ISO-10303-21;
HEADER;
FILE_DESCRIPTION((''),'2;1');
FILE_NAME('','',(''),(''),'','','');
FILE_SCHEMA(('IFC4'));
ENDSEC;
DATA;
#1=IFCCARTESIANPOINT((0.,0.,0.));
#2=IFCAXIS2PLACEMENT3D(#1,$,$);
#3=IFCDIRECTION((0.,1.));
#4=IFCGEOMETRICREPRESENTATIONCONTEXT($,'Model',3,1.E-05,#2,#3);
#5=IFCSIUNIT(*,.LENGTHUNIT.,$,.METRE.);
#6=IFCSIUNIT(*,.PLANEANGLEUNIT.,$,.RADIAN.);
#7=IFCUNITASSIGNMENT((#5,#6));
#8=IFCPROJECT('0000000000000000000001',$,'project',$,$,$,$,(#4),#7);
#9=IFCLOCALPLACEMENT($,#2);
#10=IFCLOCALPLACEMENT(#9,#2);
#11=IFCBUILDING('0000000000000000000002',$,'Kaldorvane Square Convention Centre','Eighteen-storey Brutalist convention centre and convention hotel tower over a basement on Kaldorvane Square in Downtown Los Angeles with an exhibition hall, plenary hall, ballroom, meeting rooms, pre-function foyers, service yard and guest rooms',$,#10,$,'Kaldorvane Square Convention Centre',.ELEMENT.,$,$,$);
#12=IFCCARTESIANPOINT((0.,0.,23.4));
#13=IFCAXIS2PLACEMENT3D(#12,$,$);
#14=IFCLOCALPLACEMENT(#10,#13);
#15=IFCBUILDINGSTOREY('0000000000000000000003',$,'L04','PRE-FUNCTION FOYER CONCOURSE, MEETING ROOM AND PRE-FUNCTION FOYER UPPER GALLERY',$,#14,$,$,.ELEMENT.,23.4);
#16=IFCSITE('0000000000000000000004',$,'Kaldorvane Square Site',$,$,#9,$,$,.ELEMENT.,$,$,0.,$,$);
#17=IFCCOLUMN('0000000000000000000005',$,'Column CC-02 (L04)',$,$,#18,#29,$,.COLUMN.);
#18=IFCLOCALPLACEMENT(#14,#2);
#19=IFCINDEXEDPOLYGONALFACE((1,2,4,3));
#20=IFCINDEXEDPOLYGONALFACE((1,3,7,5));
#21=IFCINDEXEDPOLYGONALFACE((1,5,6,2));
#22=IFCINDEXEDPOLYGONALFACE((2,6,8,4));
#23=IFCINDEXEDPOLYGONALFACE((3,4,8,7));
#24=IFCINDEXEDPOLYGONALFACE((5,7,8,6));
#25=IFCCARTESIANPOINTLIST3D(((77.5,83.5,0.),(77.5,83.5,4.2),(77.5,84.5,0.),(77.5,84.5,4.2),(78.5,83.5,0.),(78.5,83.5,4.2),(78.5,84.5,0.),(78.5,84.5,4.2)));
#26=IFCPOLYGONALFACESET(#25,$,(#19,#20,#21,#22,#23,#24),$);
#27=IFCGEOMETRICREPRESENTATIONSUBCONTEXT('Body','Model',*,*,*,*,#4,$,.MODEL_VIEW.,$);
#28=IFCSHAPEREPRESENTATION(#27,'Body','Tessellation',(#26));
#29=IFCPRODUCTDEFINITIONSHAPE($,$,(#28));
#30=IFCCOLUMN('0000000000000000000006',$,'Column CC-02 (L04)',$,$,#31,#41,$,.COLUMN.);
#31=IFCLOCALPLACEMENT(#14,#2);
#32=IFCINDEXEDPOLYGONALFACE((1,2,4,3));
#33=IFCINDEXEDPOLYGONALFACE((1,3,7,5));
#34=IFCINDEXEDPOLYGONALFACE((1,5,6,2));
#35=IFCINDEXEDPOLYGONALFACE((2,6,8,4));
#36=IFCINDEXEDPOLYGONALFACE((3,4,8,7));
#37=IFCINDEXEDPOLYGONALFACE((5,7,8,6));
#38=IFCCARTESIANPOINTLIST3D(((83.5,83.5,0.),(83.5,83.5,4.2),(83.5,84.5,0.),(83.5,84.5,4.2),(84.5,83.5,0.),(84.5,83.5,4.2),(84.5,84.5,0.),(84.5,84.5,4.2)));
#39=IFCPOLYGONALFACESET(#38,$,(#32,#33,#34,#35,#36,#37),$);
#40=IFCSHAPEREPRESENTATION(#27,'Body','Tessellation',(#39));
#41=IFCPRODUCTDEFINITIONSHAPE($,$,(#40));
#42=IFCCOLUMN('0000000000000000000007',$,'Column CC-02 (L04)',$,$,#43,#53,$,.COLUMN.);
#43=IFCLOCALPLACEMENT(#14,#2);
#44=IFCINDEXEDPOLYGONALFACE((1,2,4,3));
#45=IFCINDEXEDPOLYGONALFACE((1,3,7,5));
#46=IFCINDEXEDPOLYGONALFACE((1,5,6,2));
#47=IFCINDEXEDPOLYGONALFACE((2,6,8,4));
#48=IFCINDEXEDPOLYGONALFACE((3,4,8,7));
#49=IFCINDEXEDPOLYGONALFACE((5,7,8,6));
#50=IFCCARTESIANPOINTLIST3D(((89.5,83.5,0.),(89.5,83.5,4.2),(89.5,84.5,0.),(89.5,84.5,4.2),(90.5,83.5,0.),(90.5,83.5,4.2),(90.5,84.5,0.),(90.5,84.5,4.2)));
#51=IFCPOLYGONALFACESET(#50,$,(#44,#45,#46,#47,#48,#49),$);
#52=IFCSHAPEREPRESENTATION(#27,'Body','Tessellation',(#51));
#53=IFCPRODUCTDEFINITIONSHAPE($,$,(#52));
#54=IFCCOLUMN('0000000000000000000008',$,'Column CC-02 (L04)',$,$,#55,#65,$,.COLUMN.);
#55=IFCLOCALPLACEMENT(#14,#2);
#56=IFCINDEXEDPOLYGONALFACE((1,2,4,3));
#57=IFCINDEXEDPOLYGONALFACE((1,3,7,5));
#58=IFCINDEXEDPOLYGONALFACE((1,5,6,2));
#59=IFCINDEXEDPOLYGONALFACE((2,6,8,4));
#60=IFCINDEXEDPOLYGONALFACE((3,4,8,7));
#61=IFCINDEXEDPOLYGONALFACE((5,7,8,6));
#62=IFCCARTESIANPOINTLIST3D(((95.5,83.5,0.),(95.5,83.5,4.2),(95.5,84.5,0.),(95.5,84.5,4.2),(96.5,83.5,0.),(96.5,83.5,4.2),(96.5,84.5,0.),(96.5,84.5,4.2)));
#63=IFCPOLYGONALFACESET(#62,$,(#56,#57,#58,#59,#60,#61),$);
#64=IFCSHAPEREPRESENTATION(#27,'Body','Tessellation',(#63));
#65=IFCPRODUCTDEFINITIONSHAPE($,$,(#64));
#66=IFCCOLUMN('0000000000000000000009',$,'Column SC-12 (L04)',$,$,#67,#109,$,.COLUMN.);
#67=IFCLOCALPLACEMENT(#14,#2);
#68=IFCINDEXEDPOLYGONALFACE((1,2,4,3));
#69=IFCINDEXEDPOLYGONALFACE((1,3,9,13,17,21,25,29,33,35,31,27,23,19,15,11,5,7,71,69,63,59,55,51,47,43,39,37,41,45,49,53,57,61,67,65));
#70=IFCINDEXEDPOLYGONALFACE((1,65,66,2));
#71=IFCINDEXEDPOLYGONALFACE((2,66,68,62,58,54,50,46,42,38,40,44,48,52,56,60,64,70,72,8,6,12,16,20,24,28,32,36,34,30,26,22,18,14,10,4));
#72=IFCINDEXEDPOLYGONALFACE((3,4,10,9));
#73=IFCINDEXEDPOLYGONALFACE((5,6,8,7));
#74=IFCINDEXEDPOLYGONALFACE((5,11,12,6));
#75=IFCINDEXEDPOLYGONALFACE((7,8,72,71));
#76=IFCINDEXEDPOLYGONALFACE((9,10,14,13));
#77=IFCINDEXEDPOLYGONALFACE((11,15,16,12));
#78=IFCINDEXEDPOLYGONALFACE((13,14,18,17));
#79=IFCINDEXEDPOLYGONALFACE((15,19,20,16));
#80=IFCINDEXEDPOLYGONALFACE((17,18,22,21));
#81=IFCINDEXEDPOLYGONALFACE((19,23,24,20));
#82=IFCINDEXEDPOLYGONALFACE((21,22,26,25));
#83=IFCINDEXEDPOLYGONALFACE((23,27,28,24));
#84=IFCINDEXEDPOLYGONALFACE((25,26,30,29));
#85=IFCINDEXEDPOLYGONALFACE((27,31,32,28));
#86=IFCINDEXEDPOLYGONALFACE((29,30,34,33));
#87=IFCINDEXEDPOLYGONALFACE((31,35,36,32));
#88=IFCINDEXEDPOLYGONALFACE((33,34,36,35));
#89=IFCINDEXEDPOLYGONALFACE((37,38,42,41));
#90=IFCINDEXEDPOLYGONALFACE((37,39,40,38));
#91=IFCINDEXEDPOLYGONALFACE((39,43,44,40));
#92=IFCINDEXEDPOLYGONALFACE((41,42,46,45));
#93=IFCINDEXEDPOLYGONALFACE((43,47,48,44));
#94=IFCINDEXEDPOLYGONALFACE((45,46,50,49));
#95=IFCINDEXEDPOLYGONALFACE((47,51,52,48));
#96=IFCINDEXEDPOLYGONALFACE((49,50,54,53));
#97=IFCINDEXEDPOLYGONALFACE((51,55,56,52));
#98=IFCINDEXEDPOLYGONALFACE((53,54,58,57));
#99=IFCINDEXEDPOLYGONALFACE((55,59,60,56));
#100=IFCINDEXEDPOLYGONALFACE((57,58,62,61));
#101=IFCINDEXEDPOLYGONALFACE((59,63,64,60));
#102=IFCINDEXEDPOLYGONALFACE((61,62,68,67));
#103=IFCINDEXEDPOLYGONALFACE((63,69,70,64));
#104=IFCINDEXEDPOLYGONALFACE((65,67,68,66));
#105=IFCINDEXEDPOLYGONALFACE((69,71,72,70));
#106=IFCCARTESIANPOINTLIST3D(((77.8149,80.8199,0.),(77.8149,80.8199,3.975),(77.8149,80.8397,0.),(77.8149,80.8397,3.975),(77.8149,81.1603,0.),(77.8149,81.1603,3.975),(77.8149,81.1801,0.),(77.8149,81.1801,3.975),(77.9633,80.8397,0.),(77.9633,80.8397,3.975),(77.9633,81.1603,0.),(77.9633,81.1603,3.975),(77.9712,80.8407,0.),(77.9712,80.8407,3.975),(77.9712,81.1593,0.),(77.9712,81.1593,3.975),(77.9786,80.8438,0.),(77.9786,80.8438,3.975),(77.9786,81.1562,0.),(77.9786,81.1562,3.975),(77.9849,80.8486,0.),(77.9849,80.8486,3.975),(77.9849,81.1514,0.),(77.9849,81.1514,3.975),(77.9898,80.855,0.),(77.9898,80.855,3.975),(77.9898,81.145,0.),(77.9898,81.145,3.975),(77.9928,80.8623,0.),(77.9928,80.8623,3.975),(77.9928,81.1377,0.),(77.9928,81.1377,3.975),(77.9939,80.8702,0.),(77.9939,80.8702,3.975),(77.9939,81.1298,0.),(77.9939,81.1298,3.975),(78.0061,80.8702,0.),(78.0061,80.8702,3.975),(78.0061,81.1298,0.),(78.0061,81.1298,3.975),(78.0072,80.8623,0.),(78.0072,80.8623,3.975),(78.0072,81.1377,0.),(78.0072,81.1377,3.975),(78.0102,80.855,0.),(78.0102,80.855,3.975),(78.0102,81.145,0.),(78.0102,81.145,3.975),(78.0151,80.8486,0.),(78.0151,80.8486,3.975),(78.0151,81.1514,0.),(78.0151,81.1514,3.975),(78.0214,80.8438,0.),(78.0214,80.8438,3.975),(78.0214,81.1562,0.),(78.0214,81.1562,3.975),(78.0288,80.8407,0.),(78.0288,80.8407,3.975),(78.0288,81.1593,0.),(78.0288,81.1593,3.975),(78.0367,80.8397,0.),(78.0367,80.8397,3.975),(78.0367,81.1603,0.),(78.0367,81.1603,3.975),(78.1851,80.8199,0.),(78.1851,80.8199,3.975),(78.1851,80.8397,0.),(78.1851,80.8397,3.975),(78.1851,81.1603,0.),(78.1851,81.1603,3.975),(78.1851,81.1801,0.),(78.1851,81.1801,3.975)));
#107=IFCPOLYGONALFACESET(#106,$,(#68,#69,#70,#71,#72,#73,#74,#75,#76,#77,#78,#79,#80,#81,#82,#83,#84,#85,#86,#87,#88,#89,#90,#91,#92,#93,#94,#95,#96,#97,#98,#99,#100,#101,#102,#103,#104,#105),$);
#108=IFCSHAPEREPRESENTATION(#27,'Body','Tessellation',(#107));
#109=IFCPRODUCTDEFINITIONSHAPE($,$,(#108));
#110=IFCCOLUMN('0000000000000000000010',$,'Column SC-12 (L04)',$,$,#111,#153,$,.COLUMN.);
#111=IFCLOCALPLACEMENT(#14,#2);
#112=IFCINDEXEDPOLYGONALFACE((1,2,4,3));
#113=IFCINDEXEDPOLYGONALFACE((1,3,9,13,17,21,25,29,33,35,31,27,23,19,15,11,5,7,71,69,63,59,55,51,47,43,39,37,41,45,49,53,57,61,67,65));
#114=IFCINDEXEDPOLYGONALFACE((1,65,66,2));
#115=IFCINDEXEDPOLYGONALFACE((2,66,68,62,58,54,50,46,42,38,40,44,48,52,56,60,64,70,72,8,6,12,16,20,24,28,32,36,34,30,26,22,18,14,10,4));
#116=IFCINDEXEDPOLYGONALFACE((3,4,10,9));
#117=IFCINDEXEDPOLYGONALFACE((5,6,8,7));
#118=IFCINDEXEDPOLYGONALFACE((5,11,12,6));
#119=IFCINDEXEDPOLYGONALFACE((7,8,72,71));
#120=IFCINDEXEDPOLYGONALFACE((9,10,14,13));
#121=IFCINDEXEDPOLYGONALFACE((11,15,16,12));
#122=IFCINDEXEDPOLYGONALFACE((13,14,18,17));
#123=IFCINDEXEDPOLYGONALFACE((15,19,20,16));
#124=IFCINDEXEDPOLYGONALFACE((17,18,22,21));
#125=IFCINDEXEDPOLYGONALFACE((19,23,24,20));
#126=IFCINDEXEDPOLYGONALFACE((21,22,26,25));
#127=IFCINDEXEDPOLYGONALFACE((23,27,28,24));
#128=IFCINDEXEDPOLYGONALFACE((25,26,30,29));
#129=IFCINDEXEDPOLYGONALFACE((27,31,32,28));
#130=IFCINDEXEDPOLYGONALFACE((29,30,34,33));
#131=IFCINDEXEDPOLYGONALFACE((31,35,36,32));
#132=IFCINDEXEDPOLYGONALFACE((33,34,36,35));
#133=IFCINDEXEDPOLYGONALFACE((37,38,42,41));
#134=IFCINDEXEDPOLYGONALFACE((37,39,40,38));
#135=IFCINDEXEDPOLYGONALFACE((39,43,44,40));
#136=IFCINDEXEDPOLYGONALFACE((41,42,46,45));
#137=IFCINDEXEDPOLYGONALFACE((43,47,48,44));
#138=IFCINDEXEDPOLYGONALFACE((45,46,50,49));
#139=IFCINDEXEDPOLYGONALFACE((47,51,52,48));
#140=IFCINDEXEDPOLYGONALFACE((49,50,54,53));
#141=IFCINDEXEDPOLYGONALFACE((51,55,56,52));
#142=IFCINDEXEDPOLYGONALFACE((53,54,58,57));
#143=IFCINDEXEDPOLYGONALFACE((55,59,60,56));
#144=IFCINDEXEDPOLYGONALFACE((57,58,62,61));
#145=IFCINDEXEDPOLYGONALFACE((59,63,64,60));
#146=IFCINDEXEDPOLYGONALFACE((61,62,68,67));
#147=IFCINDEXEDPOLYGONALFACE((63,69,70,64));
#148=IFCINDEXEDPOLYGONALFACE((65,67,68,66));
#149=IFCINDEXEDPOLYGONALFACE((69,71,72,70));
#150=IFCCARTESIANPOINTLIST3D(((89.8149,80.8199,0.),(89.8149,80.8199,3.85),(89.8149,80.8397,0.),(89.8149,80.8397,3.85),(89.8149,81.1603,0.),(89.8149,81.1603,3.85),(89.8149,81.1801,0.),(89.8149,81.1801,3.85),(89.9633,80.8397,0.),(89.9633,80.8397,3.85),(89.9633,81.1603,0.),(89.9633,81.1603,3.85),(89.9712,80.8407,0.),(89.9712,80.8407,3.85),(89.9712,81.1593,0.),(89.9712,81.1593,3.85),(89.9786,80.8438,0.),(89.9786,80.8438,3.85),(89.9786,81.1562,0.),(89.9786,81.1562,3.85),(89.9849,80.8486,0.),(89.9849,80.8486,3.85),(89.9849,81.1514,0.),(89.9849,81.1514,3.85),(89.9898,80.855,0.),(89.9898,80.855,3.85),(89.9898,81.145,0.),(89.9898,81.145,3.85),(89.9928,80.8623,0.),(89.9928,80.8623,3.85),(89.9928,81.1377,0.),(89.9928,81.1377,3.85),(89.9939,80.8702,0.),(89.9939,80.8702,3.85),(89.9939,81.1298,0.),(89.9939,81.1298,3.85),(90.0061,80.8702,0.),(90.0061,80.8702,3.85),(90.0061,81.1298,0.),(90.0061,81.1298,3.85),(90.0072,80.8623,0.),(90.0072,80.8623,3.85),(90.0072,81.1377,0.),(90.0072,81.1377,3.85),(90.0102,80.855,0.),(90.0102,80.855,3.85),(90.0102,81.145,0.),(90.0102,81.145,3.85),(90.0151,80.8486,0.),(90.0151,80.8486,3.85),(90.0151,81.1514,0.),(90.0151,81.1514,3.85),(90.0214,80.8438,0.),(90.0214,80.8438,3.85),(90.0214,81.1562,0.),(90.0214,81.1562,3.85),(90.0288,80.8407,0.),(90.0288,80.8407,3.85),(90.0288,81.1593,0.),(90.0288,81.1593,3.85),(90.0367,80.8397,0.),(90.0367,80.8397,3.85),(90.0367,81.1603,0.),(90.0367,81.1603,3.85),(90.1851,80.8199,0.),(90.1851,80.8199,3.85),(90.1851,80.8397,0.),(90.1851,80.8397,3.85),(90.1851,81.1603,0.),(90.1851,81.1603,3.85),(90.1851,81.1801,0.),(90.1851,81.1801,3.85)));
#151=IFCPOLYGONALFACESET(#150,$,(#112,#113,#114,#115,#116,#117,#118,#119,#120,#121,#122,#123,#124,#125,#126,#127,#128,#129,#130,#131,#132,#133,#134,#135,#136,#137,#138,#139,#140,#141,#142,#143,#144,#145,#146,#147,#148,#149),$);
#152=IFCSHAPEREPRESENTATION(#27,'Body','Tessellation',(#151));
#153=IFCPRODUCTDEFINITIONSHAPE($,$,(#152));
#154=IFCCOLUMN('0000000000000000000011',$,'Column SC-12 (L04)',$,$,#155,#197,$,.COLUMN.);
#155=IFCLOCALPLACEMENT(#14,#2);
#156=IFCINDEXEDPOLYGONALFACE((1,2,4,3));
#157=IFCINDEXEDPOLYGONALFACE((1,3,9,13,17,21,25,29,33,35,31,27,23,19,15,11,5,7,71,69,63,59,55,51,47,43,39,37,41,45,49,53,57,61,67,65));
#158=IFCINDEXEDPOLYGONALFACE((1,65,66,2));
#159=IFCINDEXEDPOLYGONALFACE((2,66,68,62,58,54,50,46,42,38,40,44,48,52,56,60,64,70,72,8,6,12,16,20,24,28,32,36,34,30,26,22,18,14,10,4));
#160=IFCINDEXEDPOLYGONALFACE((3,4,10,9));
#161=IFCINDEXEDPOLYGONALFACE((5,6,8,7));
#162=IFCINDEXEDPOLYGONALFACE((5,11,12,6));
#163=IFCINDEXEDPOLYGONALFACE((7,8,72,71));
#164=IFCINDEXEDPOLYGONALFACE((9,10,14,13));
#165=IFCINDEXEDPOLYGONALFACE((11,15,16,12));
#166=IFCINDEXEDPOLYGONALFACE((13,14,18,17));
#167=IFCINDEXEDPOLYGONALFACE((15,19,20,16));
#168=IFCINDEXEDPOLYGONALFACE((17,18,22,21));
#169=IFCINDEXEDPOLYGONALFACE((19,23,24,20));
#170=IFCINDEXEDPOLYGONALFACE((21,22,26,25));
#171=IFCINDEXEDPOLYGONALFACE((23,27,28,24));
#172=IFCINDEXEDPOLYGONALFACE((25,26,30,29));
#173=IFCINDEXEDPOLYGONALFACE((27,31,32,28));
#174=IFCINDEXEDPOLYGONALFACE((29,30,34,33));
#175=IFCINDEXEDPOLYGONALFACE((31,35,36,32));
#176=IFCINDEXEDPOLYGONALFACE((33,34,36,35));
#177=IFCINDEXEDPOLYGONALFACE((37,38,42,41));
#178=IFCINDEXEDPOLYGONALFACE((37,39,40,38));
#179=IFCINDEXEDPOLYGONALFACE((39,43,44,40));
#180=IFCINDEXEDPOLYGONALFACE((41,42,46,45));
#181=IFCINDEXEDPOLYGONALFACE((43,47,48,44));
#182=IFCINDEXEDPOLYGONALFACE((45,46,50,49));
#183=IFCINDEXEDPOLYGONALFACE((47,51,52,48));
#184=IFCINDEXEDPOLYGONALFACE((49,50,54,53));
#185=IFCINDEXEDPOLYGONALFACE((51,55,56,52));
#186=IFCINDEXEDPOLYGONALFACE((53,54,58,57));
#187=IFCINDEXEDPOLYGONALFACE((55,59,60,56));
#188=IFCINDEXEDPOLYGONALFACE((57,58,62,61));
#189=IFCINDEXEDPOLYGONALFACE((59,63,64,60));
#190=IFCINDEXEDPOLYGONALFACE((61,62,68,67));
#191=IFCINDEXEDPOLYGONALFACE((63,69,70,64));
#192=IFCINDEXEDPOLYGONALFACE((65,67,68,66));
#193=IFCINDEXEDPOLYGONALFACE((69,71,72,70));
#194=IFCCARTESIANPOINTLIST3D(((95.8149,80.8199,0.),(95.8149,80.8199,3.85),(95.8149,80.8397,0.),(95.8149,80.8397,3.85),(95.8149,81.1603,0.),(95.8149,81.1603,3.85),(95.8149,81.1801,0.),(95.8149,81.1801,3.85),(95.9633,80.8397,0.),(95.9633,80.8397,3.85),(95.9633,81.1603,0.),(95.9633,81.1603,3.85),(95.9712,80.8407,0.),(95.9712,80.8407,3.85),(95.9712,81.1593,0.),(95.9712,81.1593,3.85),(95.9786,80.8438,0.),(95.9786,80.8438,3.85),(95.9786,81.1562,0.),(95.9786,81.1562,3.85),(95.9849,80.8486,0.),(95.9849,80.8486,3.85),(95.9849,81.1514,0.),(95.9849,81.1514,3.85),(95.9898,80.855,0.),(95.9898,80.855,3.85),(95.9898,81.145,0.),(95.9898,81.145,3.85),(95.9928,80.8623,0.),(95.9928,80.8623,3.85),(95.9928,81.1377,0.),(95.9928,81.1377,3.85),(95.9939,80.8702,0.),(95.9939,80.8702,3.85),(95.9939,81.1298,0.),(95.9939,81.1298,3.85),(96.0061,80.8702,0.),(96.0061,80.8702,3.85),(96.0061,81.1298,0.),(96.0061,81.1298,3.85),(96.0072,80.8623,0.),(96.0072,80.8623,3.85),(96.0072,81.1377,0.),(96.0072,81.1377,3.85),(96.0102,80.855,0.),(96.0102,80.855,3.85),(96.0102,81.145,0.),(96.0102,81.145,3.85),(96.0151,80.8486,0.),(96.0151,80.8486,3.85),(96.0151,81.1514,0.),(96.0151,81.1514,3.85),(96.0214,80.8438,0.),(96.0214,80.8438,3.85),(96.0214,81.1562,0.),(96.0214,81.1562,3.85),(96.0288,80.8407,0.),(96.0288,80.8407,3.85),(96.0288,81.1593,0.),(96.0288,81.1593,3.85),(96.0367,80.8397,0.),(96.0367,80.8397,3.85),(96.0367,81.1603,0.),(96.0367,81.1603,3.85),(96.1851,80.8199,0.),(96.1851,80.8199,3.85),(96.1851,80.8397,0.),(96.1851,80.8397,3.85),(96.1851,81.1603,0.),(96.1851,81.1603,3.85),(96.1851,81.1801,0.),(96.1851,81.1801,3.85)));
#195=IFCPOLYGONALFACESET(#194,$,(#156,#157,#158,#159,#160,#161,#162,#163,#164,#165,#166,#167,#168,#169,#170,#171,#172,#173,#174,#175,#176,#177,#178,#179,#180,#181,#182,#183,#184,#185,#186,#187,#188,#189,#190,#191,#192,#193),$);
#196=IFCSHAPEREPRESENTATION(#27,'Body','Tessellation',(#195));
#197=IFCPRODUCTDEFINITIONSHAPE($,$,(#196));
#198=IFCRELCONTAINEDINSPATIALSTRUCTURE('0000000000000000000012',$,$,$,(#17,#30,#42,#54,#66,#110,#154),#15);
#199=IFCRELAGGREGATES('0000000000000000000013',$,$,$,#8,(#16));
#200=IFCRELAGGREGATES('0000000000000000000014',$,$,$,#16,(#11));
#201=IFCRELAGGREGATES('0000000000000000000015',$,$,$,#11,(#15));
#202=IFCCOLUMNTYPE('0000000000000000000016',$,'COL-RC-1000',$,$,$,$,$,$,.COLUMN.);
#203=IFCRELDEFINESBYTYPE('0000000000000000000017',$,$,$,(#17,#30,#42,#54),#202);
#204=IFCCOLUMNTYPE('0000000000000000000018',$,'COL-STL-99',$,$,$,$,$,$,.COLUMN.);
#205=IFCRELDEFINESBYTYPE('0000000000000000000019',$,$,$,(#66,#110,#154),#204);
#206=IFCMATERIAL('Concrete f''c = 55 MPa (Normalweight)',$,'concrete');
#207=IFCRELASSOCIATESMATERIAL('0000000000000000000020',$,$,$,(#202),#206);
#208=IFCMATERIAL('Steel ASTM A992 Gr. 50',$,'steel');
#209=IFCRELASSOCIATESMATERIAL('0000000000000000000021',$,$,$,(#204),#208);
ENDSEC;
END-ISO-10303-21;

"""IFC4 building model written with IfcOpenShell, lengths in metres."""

from ifc_helpers import new_model, si_unit, direction, frame, origin, origin_2d, place, context, subcontext, project, spatial, rectangle, i_section, extrude, material, material_profile, profile_set, type_object, element, save


model = new_model("IFC4")

# Units and contexts
model_context = context("Model", 3, precision=1e-05, world=origin(), true_north=direction((0.0, 1.0)))
body_context = subcontext(model_context, "Body", "Model", "MODEL_VIEW")
ifc_project = project(units=[si_unit("LENGTHUNIT", "METRE"), si_unit("PLANEANGLEUNIT", "RADIAN")], contexts=[model_context])

# Site, building, storey
site_placement = place(None, origin())
site = spatial("IfcSite", under=ifc_project, at=site_placement, Name="Kaldorvane Square Site", CompositionType="ELEMENT", RefElevation=0.0)
building_placement = place(site_placement, origin())
building = spatial("IfcBuilding", under=site, at=building_placement, Name="Kaldorvane Square Convention Centre", Description="Eighteen-storey Brutalist convention centre and convention hotel tower over a basement on Kaldorvane Square in Downtown Los Angeles with an exhibition hall, plenary hall, ballroom, meeting rooms, pre-function foyers, service yard and guest rooms", LongName="Kaldorvane Square Convention Centre", CompositionType="ELEMENT")
storey_placement = place(building_placement, frame((0.0, 0.0, 23.4)))
storey = spatial("IfcBuildingStorey", under=building, at=storey_placement, Name="L04", Description="PRE-FUNCTION FOYER CONCOURSE, MEETING ROOM AND PRE-FUNCTION FOYER UPPER GALLERY", CompositionType="ELEMENT", Elevation=23.4)

# Columns
ifc_material_1 = material(Name="Concrete f'c = 55 MPa (Normalweight)", Category="concrete")
ifc_material_profile_1 = material_profile(ifc_material_1, rectangle(XDim=1.0, YDim=1.0, at=origin_2d()), Name="RC1000X1000")
ifc_profile_set_1 = profile_set([ifc_material_profile_1], Name="Concrete f'c = 55 MPa (Normalweight)")
column_type_1 = type_object("IfcColumnType", Name="COL-RC-1000", PredefinedType="COLUMN", material=ifc_profile_set_1)
for number, where, z_axis, x_axis, name in (
    (1, (78.0, 84.0, 0.0), (0.0, 0.0, 1.0), (1.0, 0.0, 0.0), "Column CC-02 (L04)"),
    (2, (84.0, 84.0, 0.0), (0.0, 0.0, 1.0), (1.0, 0.0, 0.0), "Column CC-02 (L04)"),
    (3, (90.0, 84.0, 0.0), (0.0, 0.0, 1.0), (1.0, 0.0, 0.0), "Column CC-02 (L04)"),
    (4, (96.0, 84.0, 0.0), (0.0, 0.0, 1.0), (1.0, 0.0, 0.0), "Column CC-02 (L04)"),
):
    element("IfcColumn", number, at=place(storey_placement, frame(where, z_axis=z_axis, x_axis=x_axis)), inside=storey, type_object=column_type_1, Name=name, PredefinedType="COLUMN", context=body_context, shape_type="SweptSolid", body=[
        extrude(rectangle(XDim=1.0, YDim=1.0, at=origin_2d()), origin(), (0.0, 0.0, 1.0), 4.2),
    ])
ifc_material_2 = material(Name="Steel ASTM A992 Gr. 50", Category="steel")
ifc_material_profile_2 = material_profile(ifc_material_2, i_section(OverallWidth=0.3701, OverallDepth=0.3602, WebThickness=0.0123, FlangeThickness=0.0198, FilletRadius=0.0305, at=origin_2d()), Name="W14X99")
ifc_profile_set_2 = profile_set([ifc_material_profile_2], Name="Steel ASTM A992 Gr. 50")
column_type_2 = type_object("IfcColumnType", Name="COL-STL-99", PredefinedType="COLUMN", material=ifc_profile_set_2)
column_placement = place(storey_placement, frame((78.0, 81.0, 0.0), z_axis=(0.0, 0.0, 1.0), x_axis=(1.0, 0.0, 0.0)))
element("IfcColumn", 5, at=column_placement, inside=storey, type_object=column_type_2, Name="Column SC-12 (L04)", PredefinedType="COLUMN", context=body_context, shape_type="SweptSolid", body=[
    extrude(i_section(OverallWidth=0.3701, OverallDepth=0.3602, WebThickness=0.0123, FlangeThickness=0.0198, FilletRadius=0.0305, at=origin_2d()), origin(), (0.0, 0.0, 1.0), 3.975),
])
for number, where, z_axis, x_axis, name in (
    (6, (90.0, 81.0, 0.0), (0.0, 0.0, 1.0), (1.0, 0.0, 0.0), "Column SC-12 (L04)"),
    (7, (96.0, 81.0, 0.0), (0.0, 0.0, 1.0), (1.0, 0.0, 0.0), "Column SC-12 (L04)"),
):
    element("IfcColumn", number, at=place(storey_placement, frame(where, z_axis=z_axis, x_axis=x_axis)), inside=storey, type_object=column_type_2, Name=name, PredefinedType="COLUMN", context=body_context, shape_type="SweptSolid", body=[
        extrude(i_section(OverallWidth=0.3701, OverallDepth=0.3602, WebThickness=0.0123, FlangeThickness=0.0198, FilletRadius=0.0305, at=origin_2d()), origin(), (0.0, 0.0, 1.0), 3.85),
    ])

save(model, "model.ifc")
